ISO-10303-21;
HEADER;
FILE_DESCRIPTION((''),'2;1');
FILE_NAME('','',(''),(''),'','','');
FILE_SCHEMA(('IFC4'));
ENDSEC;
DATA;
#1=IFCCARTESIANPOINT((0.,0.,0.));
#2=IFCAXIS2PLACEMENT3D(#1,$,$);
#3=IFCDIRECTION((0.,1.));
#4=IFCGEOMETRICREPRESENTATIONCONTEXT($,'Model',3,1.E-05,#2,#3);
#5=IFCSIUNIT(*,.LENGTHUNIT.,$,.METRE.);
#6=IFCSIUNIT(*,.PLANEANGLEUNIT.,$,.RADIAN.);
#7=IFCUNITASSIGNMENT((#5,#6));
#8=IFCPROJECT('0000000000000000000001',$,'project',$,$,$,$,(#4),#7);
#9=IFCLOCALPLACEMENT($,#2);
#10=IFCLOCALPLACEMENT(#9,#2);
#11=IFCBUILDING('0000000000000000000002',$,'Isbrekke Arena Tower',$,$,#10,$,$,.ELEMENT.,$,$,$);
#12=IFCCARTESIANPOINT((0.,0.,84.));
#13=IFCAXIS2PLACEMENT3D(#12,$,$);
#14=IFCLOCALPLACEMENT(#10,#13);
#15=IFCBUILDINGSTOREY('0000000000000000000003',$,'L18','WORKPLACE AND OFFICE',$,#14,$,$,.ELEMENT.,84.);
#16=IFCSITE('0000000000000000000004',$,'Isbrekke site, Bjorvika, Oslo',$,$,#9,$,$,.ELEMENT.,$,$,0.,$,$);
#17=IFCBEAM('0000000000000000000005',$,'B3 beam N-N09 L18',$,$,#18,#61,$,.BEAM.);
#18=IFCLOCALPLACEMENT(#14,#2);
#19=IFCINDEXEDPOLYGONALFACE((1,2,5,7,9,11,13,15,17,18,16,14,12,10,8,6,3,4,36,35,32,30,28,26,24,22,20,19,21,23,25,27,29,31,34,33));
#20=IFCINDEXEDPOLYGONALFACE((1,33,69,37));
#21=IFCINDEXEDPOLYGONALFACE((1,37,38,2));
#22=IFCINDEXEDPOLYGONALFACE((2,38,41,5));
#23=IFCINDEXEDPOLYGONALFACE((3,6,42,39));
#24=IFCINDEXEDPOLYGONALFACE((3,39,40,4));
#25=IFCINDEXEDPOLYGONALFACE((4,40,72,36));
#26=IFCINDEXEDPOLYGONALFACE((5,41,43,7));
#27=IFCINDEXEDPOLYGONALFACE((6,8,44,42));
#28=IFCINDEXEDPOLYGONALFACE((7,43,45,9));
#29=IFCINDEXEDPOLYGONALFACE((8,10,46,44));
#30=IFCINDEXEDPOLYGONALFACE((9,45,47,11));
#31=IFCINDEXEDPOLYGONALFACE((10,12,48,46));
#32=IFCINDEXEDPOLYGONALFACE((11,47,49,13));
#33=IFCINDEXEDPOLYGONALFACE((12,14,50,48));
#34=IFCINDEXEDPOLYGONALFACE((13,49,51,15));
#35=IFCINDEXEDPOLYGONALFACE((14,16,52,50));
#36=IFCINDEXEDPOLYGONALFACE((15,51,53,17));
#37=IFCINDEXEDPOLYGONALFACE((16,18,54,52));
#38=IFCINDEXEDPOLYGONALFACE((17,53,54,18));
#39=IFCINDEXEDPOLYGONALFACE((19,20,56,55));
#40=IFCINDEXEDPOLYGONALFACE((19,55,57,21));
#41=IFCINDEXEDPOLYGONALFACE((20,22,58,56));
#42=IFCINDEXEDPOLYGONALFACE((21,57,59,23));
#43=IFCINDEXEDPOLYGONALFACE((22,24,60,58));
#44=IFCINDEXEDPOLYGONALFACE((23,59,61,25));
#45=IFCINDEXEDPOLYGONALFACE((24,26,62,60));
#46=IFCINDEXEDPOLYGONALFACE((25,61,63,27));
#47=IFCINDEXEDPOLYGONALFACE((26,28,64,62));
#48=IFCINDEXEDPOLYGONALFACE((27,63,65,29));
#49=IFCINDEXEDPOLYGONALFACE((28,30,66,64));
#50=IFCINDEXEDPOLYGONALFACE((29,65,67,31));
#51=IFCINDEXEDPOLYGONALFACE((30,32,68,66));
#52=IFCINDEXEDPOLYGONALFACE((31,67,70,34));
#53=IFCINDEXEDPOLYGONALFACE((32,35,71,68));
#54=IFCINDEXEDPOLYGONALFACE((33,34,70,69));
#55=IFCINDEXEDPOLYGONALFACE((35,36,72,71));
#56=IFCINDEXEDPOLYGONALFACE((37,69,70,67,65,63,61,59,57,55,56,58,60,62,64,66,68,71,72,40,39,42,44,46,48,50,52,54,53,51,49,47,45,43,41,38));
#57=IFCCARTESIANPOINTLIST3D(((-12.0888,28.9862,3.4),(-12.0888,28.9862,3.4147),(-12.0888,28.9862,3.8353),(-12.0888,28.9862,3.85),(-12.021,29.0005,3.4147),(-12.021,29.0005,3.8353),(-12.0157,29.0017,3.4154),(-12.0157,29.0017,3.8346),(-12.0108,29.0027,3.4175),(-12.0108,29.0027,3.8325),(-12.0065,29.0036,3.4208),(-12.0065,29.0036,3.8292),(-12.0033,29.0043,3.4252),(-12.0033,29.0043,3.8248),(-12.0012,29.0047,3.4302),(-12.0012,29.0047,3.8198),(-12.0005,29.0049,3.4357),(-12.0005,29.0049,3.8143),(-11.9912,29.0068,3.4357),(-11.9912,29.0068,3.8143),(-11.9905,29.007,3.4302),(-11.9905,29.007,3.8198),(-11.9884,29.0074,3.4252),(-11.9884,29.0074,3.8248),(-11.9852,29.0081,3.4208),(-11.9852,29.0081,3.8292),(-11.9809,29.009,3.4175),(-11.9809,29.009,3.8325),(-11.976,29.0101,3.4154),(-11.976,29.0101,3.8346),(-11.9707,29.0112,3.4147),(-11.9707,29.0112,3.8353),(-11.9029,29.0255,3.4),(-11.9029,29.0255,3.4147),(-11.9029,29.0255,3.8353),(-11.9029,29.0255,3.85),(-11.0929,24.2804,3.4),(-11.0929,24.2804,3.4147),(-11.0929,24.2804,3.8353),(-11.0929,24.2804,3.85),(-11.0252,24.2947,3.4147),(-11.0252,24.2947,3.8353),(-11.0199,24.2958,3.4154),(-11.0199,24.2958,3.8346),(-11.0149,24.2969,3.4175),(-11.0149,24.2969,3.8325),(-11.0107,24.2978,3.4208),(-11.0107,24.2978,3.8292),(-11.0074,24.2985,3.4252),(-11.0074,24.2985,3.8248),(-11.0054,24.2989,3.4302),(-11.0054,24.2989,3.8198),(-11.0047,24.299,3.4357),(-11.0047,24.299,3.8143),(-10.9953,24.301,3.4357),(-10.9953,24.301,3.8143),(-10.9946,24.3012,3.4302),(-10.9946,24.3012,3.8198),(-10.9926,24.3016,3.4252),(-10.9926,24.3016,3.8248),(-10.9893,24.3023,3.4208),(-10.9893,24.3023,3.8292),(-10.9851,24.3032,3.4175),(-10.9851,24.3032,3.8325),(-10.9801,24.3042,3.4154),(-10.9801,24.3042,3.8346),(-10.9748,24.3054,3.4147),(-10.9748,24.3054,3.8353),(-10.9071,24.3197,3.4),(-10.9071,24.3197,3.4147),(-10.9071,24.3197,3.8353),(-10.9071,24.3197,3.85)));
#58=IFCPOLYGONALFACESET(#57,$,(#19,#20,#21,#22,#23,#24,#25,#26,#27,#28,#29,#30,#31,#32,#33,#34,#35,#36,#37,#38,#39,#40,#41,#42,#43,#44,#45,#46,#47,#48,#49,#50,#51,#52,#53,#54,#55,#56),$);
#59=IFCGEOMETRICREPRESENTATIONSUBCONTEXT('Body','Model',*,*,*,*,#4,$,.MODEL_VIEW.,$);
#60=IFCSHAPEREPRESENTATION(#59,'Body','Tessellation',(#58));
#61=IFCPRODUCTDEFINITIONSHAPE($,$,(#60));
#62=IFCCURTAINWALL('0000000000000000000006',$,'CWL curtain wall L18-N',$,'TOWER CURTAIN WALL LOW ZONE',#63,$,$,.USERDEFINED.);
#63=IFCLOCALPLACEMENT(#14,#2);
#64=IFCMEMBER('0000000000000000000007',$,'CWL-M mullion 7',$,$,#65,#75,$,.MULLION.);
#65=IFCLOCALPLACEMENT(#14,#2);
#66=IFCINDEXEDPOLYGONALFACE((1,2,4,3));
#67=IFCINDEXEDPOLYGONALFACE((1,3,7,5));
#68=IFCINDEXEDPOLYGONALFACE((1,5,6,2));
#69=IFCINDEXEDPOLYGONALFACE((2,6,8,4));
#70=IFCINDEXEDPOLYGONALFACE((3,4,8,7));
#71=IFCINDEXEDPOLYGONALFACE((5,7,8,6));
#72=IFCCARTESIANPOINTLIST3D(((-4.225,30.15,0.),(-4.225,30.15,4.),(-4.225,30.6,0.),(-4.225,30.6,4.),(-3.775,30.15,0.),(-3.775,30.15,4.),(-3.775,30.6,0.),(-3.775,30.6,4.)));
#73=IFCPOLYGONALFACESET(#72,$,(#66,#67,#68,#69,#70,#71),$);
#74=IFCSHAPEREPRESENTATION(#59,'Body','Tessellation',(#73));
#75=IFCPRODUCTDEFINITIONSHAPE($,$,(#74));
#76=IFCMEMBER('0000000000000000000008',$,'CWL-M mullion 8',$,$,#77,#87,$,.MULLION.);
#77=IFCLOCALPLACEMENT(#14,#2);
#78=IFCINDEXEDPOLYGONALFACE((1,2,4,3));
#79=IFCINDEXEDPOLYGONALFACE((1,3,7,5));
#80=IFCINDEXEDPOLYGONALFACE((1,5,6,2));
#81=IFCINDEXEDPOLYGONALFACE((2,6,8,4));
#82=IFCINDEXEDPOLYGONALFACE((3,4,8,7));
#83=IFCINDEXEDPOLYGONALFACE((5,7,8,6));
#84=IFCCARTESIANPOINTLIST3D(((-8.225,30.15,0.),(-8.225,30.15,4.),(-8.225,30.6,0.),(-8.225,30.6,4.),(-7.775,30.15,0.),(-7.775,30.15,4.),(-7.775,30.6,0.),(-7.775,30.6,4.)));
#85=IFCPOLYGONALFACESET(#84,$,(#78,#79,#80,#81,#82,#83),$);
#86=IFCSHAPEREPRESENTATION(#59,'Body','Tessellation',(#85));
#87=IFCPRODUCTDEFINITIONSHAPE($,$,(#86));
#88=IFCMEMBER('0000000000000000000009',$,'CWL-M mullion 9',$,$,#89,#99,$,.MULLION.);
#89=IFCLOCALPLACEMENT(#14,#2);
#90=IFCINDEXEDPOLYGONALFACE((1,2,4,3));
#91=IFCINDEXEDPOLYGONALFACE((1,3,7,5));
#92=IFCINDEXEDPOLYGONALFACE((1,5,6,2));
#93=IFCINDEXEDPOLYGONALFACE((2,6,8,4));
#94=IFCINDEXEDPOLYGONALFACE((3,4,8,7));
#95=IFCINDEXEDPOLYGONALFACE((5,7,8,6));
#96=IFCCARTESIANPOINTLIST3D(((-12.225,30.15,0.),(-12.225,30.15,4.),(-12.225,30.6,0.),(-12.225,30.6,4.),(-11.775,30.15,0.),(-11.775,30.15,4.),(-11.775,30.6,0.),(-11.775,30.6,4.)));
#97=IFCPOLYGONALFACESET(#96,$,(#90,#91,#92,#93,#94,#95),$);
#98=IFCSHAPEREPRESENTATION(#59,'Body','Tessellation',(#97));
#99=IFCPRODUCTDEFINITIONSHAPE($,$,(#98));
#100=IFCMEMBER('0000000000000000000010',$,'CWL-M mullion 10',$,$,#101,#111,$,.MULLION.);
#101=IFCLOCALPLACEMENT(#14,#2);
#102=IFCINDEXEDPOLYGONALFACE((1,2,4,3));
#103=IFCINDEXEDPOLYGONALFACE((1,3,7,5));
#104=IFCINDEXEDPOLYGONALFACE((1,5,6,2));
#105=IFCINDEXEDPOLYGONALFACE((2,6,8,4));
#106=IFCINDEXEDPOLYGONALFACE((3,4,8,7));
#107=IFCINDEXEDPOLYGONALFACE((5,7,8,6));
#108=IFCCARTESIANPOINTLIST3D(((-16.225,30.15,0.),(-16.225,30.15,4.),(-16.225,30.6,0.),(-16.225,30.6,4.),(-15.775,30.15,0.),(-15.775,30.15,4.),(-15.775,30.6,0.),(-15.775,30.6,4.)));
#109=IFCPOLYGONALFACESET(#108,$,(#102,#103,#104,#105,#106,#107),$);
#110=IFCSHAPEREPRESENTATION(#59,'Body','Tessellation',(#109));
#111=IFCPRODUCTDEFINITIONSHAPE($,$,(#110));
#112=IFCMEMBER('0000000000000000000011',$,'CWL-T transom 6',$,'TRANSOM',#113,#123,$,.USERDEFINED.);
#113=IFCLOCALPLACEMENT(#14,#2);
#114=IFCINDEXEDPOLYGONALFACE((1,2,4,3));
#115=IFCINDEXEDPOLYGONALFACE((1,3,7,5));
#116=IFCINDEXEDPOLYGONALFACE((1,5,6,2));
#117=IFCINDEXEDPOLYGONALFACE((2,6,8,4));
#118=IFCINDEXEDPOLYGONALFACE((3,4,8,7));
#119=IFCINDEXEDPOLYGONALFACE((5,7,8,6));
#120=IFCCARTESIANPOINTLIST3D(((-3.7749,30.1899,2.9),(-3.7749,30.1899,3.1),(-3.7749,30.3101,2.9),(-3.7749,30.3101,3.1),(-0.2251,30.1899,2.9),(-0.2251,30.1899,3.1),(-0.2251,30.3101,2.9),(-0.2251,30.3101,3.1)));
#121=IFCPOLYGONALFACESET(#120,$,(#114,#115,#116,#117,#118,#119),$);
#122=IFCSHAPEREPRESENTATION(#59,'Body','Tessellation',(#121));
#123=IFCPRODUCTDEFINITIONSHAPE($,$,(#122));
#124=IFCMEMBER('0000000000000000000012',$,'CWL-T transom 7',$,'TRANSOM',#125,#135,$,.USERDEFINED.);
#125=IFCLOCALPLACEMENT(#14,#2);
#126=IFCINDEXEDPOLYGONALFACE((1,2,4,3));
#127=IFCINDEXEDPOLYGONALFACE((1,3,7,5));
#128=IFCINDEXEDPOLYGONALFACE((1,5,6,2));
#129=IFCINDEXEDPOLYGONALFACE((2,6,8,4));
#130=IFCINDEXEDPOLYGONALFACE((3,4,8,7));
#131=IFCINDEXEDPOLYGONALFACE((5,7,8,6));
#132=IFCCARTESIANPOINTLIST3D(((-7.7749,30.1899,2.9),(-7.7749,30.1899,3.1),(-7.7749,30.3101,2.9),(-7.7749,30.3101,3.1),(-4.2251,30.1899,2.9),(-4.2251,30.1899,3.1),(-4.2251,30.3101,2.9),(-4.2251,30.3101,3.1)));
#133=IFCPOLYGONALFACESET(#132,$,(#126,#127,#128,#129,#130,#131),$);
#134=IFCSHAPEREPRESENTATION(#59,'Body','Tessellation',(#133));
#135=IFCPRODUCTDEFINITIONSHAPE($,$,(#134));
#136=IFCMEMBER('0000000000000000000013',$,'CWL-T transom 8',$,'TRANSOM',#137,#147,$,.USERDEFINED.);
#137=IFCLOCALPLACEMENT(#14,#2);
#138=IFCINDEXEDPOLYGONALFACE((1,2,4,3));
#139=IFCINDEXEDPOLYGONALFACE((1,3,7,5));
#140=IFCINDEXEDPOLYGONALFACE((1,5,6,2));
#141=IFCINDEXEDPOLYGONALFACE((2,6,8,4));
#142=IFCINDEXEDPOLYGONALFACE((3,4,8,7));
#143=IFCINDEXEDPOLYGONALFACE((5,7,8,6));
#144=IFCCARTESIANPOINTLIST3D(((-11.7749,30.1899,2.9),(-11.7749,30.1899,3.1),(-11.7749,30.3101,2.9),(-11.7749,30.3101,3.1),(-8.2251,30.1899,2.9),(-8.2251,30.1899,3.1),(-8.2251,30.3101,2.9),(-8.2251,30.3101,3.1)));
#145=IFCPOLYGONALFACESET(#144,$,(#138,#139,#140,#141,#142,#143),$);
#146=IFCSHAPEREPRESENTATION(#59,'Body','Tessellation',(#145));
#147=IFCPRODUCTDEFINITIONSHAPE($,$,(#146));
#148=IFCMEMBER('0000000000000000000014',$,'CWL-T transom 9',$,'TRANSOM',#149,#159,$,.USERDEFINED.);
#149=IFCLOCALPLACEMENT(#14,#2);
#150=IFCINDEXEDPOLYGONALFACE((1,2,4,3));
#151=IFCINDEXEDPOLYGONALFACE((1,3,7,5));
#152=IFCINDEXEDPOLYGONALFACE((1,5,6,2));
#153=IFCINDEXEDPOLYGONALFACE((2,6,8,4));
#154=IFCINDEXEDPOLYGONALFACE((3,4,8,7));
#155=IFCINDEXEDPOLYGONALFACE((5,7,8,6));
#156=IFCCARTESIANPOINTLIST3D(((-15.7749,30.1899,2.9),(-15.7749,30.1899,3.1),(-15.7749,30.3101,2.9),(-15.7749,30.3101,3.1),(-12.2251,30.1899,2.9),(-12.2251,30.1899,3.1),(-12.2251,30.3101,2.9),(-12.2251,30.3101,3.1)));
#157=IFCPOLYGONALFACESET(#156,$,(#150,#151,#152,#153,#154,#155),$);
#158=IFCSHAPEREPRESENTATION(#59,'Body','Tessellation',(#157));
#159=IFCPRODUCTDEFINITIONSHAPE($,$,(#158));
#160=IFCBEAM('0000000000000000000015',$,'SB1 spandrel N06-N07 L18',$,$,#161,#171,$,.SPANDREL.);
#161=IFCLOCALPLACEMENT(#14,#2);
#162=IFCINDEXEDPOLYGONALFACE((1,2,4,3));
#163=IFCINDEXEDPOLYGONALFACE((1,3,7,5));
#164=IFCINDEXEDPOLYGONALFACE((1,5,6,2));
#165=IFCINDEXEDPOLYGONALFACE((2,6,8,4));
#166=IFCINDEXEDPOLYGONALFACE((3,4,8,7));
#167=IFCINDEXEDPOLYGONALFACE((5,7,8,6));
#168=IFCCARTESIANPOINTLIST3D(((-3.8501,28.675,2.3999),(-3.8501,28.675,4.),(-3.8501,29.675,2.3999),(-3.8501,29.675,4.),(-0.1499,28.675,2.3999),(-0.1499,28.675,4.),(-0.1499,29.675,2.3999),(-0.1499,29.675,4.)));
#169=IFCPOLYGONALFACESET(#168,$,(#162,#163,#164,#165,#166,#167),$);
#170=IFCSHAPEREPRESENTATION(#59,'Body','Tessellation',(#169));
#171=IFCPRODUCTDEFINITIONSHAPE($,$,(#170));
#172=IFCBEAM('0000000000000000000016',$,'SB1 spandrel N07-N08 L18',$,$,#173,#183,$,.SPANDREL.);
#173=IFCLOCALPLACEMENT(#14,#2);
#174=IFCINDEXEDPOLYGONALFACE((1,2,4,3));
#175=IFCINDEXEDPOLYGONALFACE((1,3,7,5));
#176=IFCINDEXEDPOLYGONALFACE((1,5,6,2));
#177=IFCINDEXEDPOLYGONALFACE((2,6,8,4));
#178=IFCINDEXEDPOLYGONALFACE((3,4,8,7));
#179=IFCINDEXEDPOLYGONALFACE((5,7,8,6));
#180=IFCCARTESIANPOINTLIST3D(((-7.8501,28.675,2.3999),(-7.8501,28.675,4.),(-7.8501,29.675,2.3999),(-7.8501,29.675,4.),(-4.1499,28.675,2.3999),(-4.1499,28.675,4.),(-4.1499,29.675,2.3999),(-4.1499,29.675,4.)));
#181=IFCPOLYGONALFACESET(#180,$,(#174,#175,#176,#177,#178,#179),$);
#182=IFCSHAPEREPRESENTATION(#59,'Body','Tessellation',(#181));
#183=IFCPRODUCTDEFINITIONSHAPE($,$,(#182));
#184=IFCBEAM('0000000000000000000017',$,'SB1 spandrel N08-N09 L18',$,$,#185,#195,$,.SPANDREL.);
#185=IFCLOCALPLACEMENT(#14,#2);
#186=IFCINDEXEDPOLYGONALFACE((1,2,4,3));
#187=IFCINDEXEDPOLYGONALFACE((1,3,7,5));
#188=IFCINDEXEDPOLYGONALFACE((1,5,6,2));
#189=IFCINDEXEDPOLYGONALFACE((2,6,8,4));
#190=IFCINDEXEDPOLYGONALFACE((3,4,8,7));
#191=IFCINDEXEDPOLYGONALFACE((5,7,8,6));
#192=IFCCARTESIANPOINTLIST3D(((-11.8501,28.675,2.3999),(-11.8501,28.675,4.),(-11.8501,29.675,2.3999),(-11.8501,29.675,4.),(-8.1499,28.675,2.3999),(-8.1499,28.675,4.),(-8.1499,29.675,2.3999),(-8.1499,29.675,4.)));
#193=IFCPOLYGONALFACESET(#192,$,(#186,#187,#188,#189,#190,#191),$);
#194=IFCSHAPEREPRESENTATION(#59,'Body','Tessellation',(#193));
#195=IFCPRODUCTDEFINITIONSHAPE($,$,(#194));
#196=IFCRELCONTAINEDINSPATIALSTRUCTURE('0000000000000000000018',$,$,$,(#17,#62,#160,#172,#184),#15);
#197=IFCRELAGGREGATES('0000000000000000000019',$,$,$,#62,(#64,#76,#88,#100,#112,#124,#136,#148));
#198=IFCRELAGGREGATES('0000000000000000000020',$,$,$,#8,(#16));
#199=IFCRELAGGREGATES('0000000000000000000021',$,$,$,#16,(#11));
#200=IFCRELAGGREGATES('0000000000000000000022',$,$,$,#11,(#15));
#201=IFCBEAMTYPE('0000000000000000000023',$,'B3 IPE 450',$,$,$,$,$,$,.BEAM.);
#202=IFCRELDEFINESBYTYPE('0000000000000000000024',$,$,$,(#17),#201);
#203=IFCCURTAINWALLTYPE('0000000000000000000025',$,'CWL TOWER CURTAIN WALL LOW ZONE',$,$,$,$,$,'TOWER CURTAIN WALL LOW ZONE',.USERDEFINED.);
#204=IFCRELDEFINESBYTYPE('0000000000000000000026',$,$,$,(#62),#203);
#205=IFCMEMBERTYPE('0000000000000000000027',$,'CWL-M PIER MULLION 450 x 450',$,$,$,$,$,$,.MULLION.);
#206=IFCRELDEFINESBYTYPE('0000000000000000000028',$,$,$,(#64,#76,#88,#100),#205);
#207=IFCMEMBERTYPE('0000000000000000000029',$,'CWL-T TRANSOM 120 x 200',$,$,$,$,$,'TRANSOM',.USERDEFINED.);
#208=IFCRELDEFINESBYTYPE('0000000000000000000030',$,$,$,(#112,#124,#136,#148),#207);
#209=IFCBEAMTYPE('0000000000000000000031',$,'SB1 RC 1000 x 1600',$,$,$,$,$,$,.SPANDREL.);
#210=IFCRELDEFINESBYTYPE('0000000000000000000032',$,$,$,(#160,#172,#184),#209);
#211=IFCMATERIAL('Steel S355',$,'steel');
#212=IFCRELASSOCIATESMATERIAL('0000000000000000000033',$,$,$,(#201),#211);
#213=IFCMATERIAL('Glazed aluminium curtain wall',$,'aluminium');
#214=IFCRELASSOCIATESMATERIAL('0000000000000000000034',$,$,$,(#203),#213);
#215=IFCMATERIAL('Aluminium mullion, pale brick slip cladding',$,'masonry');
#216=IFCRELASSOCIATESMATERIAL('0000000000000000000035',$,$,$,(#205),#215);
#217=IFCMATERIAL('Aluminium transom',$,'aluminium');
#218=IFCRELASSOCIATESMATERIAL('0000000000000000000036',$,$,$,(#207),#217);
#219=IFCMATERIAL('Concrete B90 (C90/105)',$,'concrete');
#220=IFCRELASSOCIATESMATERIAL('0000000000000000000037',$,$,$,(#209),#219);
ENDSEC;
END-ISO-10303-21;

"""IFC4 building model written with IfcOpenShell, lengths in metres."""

from ifc_helpers import new_model, si_unit, direction, frame, origin, origin_2d, place, context, subcontext, project, spatial, rectangle, i_section, extrude, material, material_profile, profile_set, type_object, element, aggregate, save


model = new_model("IFC4")

# Units and contexts
model_context = context("Model", 3, precision=1e-05, world=origin(), true_north=direction((0.0, 1.0)))
body_context = subcontext(model_context, "Body", "Model", "MODEL_VIEW")
ifc_project = project(units=[si_unit("LENGTHUNIT", "METRE"), si_unit("PLANEANGLEUNIT", "RADIAN")], contexts=[model_context])

# Site, building, storey
site_placement = place(None, origin())
site = spatial("IfcSite", under=ifc_project, at=site_placement, Name="Isbrekke site, Bjorvika, Oslo", CompositionType="ELEMENT", RefElevation=0.0)
building_placement = place(site_placement, origin())
building = spatial("IfcBuilding", under=site, at=building_placement, Name="Isbrekke Arena Tower", CompositionType="ELEMENT")
storey_placement = place(building_placement, frame((0.0, 0.0, 84.0)))
storey = spatial("IfcBuildingStorey", under=building, at=storey_placement, Name="L18", Description="WORKPLACE AND OFFICE", CompositionType="ELEMENT", Elevation=84.0)

# Beam
ifc_material_1 = material(Name="Steel S355", Category="steel")
ifc_material_profile_1 = material_profile(ifc_material_1, i_section(OverallWidth=0.1899, OverallDepth=0.45, WebThickness=0.0095, FlangeThickness=0.0146, FilletRadius=0.021, at=origin_2d()), Name="IPE 450")
ifc_profile_set_1 = profile_set([ifc_material_profile_1], Name="Steel S355")
beam_type_1 = type_object("IfcBeamType", Name="B3 IPE 450", PredefinedType="BEAM", material=ifc_profile_set_1)
beam_1_placement = place(storey_placement, frame((-11.9958, 29.0059, 3.625), z_axis=(0.207036, -0.978333, 0.0), x_axis=(0.978333, 0.207036, 0.0)))
element("IfcBeam", 1, at=beam_1_placement, inside=storey, type_object=beam_type_1, Name="B3 beam N-N09 L18", PredefinedType="BEAM", context=body_context, shape_type="SweptSolid", body=[
    extrude(i_section(OverallWidth=0.1899, OverallDepth=0.45, WebThickness=0.0095, FlangeThickness=0.0146, FilletRadius=0.021, at=origin_2d()), origin(), (0.0, 0.0, 1.0), 4.8101),
])

# Curtain wall, members
ifc_material_2 = material(Name="Glazed aluminium curtain wall", Category="aluminium")
curtain_wall_type = type_object("IfcCurtainWallType", Name="CWL TOWER CURTAIN WALL LOW ZONE", ElementType="TOWER CURTAIN WALL LOW ZONE", PredefinedType="USERDEFINED", material=ifc_material_2)
curtain_wall_placement = place(storey_placement, origin())
curtain_wall = element("IfcCurtainWall", 2, at=curtain_wall_placement, inside=storey, type_object=curtain_wall_type, Name="CWL curtain wall L18-N", ObjectType="TOWER CURTAIN WALL LOW ZONE", PredefinedType="USERDEFINED")
ifc_material_3 = material(Name="Aluminium mullion, pale brick slip cladding", Category="masonry")
ifc_material_profile_2 = material_profile(ifc_material_3, rectangle(XDim=0.45, YDim=0.45, at=origin_2d()), Name="PIER 450X450")
ifc_profile_set_2 = profile_set([ifc_material_profile_2], Name="Aluminium mullion, pale brick slip cladding")
member_type_1 = type_object("IfcMemberType", Name="CWL-M PIER MULLION 450 x 450", PredefinedType="MULLION", material=ifc_profile_set_2)
member_1_placement = place(storey_placement, frame((-4.0, 30.375, 0.0), z_axis=(0.0, 0.0, 1.0), x_axis=(-1.0, 0.0, 0.0)))
member_1 = element("IfcMember", 3, at=member_1_placement, type_object=member_type_1, Name="CWL-M mullion 7", PredefinedType="MULLION", context=body_context, shape_type="SweptSolid", body=[
    extrude(rectangle(XDim=0.45, YDim=0.45, at=origin_2d()), origin(), (0.0, 0.0, 1.0), 4.0),
])
member_2_placement = place(storey_placement, frame((-8.0, 30.375, 0.0), z_axis=(0.0, 0.0, 1.0), x_axis=(-1.0, 0.0, 0.0)))
member_2 = element("IfcMember", 4, at=member_2_placement, type_object=member_type_1, Name="CWL-M mullion 8", PredefinedType="MULLION", context=body_context, shape_type="SweptSolid", body=[
    extrude(rectangle(XDim=0.45, YDim=0.45, at=origin_2d()), origin(), (0.0, 0.0, 1.0), 4.0),
])
member_3_placement = place(storey_placement, frame((-12.0, 30.375, 0.0), z_axis=(0.0, 0.0, 1.0), x_axis=(-1.0, 0.0, 0.0)))
member_3 = element("IfcMember", 5, at=member_3_placement, type_object=member_type_1, Name="CWL-M mullion 9", PredefinedType="MULLION", context=body_context, shape_type="SweptSolid", body=[
    extrude(rectangle(XDim=0.45, YDim=0.45, at=origin_2d()), origin(), (0.0, 0.0, 1.0), 4.0),
])
member_4_placement = place(storey_placement, frame((-16.0, 30.375, 0.0), z_axis=(0.0, 0.0, 1.0), x_axis=(-1.0, 0.0, 0.0)))
member_4 = element("IfcMember", 6, at=member_4_placement, type_object=member_type_1, Name="CWL-M mullion 10", PredefinedType="MULLION", context=body_context, shape_type="SweptSolid", body=[
    extrude(rectangle(XDim=0.45, YDim=0.45, at=origin_2d()), origin(), (0.0, 0.0, 1.0), 4.0),
])
ifc_material_4 = material(Name="Aluminium transom", Category="aluminium")
ifc_material_profile_3 = material_profile(ifc_material_4, rectangle(XDim=0.1201, YDim=0.2, at=origin_2d()), Name="TRANSOM 120X200")
ifc_profile_set_3 = profile_set([ifc_material_profile_3], Name="Aluminium transom")
member_type_2 = type_object("IfcMemberType", Name="CWL-T TRANSOM 120 x 200", ElementType="TRANSOM", PredefinedType="USERDEFINED", material=ifc_profile_set_3)
member_5_placement = place(storey_placement, frame((-0.2251, 30.25, 3.0), z_axis=(-1.0, 0.0, 0.0), x_axis=(0.0, -1.0, 0.0)))
member_5 = element("IfcMember", 7, at=member_5_placement, type_object=member_type_2, Name="CWL-T transom 6", ObjectType="TRANSOM", PredefinedType="USERDEFINED", context=body_context, shape_type="SweptSolid", body=[
    extrude(rectangle(XDim=0.1201, YDim=0.2, at=origin_2d()), origin(), (0.0, 0.0, 1.0), 3.5498),
])
member_6_placement = place(storey_placement, frame((-4.2251, 30.25, 3.0), z_axis=(-1.0, 0.0, 0.0), x_axis=(0.0, -1.0, 0.0)))
member_6 = element("IfcMember", 8, at=member_6_placement, type_object=member_type_2, Name="CWL-T transom 7", ObjectType="TRANSOM", PredefinedType="USERDEFINED", context=body_context, shape_type="SweptSolid", body=[
    extrude(rectangle(XDim=0.1201, YDim=0.2, at=origin_2d()), origin(), (0.0, 0.0, 1.0), 3.5498),
])
member_7_placement = place(storey_placement, frame((-8.2251, 30.25, 3.0), z_axis=(-1.0, 0.0, 0.0), x_axis=(0.0, -1.0, 0.0)))
member_7 = element("IfcMember", 9, at=member_7_placement, type_object=member_type_2, Name="CWL-T transom 8", ObjectType="TRANSOM", PredefinedType="USERDEFINED", context=body_context, shape_type="SweptSolid", body=[
    extrude(rectangle(XDim=0.1201, YDim=0.2, at=origin_2d()), origin(), (0.0, 0.0, 1.0), 3.5498),
])
member_8_placement = place(storey_placement, frame((-12.2251, 30.25, 3.0), z_axis=(-1.0, 0.0, 0.0), x_axis=(0.0, -1.0, 0.0)))
member_8 = element("IfcMember", 10, at=member_8_placement, type_object=member_type_2, Name="CWL-T transom 9", ObjectType="TRANSOM", PredefinedType="USERDEFINED", context=body_context, shape_type="SweptSolid", body=[
    extrude(rectangle(XDim=0.1201, YDim=0.2, at=origin_2d()), origin(), (0.0, 0.0, 1.0), 3.5498),
])

# Beams
ifc_material_5 = material(Name="Concrete B90 (C90/105)", Category="concrete")
ifc_material_profile_4 = material_profile(ifc_material_5, rectangle(XDim=1.0, YDim=1.6001, at=origin_2d()), Name="RC 1000x1600")
ifc_profile_set_4 = profile_set([ifc_material_profile_4], Name="Concrete B90 (C90/105)")
beam_type_2 = type_object("IfcBeamType", Name="SB1 RC 1000 x 1600", PredefinedType="SPANDREL", material=ifc_profile_set_4)
for number, where, z_axis, x_axis, name in (
    (11, (-0.1499, 29.175, 3.2), (-1.0, 0.0, 0.0), (0.0, -1.0, 0.0), "SB1 spandrel N06-N07 L18"),
    (12, (-4.1499, 29.175, 3.2), (-1.0, 0.0, 0.0), (0.0, -1.0, 0.0), "SB1 spandrel N07-N08 L18"),
    (13, (-8.1499, 29.175, 3.2), (-1.0, 0.0, 0.0), (0.0, -1.0, 0.0), "SB1 spandrel N08-N09 L18"),
):
    element("IfcBeam", number, at=place(storey_placement, frame(where, z_axis=z_axis, x_axis=x_axis)), inside=storey, type_object=beam_type_2, Name=name, PredefinedType="SPANDREL", context=body_context, shape_type="SweptSolid", body=[
        extrude(rectangle(XDim=1.0, YDim=1.6001, at=origin_2d()), origin(), (0.0, 0.0, 1.0), 3.7002),
    ])

aggregate(curtain_wall, [member_1, member_2, member_3, member_4, member_5, member_6, member_7, member_8])

save(model, "model.ifc")
